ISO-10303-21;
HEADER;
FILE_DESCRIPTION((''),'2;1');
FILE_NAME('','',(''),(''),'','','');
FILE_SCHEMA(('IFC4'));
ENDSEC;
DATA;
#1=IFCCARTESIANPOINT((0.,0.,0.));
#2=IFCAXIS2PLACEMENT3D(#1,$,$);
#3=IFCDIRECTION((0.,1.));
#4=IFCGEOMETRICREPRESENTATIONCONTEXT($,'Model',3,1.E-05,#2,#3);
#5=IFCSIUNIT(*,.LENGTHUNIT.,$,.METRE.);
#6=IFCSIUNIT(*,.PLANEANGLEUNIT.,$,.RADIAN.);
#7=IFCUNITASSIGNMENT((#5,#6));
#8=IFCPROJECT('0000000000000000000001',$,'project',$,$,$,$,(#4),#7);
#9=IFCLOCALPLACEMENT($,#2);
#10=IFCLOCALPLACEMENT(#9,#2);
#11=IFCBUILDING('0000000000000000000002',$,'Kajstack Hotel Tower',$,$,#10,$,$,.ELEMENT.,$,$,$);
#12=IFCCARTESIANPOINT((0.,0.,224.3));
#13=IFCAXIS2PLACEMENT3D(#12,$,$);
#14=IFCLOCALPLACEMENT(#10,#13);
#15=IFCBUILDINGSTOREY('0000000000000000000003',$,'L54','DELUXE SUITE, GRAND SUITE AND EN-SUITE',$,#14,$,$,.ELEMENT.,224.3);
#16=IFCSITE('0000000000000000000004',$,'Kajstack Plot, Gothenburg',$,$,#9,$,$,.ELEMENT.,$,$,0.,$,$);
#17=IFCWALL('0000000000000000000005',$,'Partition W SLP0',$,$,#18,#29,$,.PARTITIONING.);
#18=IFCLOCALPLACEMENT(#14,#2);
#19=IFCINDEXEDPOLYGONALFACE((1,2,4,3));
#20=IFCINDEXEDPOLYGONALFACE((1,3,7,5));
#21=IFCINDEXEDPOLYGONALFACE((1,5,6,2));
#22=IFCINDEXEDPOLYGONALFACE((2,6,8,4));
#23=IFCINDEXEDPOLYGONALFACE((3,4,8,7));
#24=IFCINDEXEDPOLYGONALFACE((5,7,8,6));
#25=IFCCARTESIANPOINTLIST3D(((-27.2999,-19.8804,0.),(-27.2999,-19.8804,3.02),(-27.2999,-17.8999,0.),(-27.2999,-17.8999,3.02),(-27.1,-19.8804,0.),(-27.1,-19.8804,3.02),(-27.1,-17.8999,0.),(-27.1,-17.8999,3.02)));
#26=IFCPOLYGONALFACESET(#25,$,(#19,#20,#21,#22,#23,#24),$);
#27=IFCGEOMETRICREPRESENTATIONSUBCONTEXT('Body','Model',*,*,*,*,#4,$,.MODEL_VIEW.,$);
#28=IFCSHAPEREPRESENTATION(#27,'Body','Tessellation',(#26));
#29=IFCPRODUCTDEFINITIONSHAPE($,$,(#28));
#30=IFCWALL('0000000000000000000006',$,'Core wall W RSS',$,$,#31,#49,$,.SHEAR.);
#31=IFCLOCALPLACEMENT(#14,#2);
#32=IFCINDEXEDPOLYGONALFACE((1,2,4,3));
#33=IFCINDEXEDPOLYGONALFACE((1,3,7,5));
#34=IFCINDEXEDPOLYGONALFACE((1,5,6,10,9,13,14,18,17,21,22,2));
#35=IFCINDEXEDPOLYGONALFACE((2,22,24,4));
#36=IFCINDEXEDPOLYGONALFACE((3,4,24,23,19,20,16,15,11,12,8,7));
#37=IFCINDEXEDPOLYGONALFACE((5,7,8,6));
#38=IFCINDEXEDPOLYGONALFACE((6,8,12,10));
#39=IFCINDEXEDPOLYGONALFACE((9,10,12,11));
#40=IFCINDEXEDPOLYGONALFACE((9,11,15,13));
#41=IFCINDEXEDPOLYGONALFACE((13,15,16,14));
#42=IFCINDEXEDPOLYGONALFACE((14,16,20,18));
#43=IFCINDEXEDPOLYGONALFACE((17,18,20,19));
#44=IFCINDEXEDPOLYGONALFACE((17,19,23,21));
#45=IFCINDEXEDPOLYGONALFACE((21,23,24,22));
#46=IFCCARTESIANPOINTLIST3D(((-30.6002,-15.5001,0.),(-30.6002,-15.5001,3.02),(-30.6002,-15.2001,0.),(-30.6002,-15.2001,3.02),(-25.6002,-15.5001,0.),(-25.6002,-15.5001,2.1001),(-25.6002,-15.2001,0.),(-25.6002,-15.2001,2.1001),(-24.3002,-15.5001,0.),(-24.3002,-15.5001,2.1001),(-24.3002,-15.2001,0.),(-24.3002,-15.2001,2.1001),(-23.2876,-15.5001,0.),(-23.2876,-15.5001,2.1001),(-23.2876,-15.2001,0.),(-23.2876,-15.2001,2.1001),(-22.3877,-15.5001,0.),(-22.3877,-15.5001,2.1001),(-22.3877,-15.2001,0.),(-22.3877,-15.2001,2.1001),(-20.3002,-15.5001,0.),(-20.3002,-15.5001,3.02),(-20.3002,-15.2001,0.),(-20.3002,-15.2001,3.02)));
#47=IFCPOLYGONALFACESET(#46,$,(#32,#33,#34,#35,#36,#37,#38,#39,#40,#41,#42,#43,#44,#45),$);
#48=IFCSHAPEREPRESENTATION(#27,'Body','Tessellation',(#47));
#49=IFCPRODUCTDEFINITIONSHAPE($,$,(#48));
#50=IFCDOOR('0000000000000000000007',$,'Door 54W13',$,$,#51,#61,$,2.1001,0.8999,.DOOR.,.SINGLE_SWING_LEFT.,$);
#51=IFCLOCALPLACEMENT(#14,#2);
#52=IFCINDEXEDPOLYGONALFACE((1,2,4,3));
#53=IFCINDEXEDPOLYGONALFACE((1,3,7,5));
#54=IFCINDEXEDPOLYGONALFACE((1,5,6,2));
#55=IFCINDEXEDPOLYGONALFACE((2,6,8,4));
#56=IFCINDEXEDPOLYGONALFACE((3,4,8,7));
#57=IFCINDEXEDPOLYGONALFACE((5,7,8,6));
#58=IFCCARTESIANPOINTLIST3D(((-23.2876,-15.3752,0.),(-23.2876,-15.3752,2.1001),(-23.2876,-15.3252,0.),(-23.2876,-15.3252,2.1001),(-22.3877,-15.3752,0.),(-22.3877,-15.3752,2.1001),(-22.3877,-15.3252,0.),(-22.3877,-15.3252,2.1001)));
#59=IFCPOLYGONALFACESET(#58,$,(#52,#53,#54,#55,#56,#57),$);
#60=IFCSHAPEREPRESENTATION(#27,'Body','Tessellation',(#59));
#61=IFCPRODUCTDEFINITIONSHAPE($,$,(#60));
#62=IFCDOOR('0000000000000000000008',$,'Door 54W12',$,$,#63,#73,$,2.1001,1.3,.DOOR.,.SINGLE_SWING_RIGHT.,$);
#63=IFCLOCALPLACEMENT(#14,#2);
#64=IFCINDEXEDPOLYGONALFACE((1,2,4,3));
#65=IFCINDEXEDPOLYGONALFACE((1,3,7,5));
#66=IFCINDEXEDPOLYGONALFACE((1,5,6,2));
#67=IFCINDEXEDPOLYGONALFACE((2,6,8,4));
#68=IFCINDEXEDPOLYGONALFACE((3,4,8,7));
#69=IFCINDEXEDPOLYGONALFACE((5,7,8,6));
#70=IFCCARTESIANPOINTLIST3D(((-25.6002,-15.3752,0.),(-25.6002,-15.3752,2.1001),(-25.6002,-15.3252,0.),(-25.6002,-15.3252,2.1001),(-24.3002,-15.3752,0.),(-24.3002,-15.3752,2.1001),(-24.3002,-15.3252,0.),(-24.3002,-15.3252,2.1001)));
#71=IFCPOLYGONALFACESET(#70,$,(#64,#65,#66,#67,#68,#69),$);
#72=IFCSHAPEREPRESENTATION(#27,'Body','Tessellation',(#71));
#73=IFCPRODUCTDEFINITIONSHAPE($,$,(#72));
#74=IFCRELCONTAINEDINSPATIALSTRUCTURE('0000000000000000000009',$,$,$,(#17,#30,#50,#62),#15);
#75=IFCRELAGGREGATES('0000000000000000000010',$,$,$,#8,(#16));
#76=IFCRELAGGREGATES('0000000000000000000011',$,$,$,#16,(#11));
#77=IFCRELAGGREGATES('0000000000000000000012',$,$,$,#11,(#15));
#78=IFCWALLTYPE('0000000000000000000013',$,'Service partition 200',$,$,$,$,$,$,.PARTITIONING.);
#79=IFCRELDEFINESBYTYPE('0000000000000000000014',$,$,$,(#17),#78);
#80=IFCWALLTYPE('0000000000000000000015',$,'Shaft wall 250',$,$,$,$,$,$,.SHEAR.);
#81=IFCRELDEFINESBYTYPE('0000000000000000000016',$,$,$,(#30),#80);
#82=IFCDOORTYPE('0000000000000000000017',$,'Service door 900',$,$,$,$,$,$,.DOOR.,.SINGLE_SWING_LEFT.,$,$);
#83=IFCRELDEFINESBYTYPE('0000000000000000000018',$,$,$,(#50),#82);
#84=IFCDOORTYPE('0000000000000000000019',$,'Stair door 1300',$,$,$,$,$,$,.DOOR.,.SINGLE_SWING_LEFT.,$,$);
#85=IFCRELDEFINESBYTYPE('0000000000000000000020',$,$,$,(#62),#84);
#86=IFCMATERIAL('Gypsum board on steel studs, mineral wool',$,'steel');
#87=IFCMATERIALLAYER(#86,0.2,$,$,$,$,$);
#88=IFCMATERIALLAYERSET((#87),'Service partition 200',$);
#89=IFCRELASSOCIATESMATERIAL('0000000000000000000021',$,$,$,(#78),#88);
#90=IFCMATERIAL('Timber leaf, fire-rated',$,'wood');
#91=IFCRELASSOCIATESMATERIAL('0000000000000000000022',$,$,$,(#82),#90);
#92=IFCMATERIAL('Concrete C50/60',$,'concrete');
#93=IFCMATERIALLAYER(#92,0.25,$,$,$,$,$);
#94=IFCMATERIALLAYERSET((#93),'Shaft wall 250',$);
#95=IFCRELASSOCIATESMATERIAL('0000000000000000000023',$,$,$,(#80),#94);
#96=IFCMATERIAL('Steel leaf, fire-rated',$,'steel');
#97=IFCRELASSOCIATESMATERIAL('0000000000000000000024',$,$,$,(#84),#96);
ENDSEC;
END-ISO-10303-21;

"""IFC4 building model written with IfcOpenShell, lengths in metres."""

from ifc_helpers import new_model, si_unit, direction, frame, frame_2d, origin, place, context, subcontext, project, spatial, rectangle, extrude, material, layer, layer_set, type_object, element, fill, save


model = new_model("IFC4")

# Units and contexts
model_context = context("Model", 3, precision=1e-05, world=origin(), true_north=direction((0.0, 1.0)))
body_context = subcontext(model_context, "Body", "Model", "MODEL_VIEW")
ifc_project = project(units=[si_unit("LENGTHUNIT", "METRE"), si_unit("PLANEANGLEUNIT", "RADIAN")], contexts=[model_context])

# Site, building, storey
site_placement = place(None, origin())
site = spatial("IfcSite", under=ifc_project, at=site_placement, Name="Kajstack Plot, Gothenburg", CompositionType="ELEMENT", RefElevation=0.0)
building_placement = place(site_placement, origin())
building = spatial("IfcBuilding", under=site, at=building_placement, Name="Kajstack Hotel Tower", CompositionType="ELEMENT")
storey_placement = place(building_placement, frame((0.0, 0.0, 224.3)))
storey = spatial("IfcBuildingStorey", under=building, at=storey_placement, Name="L54", Description="DELUXE SUITE, GRAND SUITE AND EN-SUITE", CompositionType="ELEMENT", Elevation=224.3)

# Shared definitions
ifc_material_1 = material(Name="Gypsum board on steel studs, mineral wool", Category="steel")
ifc_layer_1 = layer(ifc_material_1, 0.2)
ifc_layer_set_1 = layer_set([ifc_layer_1], Name="Service partition 200")
wall_type_1 = type_object("IfcWallType", Name="Service partition 200", PredefinedType="PARTITIONING", material=ifc_layer_set_1)
ifc_material_2 = material(Name="Timber leaf, fire-rated", Category="wood")
door_type_1 = type_object("IfcDoorType", Name="Service door 900", OperationType="SINGLE_SWING_LEFT", PredefinedType="DOOR", material=ifc_material_2)

# Wall
wall_1_placement = place(storey_placement, frame((-27.2, -19.8804, 0.0), z_axis=(0.0, 0.0, 1.0), x_axis=(0.0, 1.0, 0.0)))
element("IfcWall", 1, at=wall_1_placement, inside=storey, type_object=wall_type_1, Name="Partition W SLP0", PredefinedType="PARTITIONING", context=body_context, shape_type="SweptSolid", body=[
    extrude(rectangle(XDim=1.9805, YDim=0.2, at=frame_2d((0.9902, 0.0))), origin(), (0.0, 0.0, 1.0), 3.02),
])

# Wall, openings, doors
ifc_material_3 = material(Name="Concrete C50/60", Category="concrete")
ifc_layer_2 = layer(ifc_material_3, 0.25)
ifc_layer_set_2 = layer_set([ifc_layer_2], Name="Shaft wall 250")
wall_type_2 = type_object("IfcWallType", Name="Shaft wall 250", PredefinedType="SHEAR", material=ifc_layer_set_2)
wall_2_placement = place(storey_placement, frame((-30.6001, -15.3501, 0.0), z_axis=(0.0, 0.0, 1.0), x_axis=(1.0, 0.0, 0.0)))
wall_2 = element("IfcWall", 2, at=wall_2_placement, inside=storey, type_object=wall_type_2, Name="Core wall W RSS", PredefinedType="SHEAR", context=body_context, shape_type="SweptSolid", body=[
    extrude(rectangle(XDim=10.3, YDim=0.3, at=frame_2d((5.1499, 0.0))), origin(), (0.0, 0.0, 1.0), 3.02),
])
opening_1_placement = place(wall_2_placement, frame((5.0, 0.0, 0.0)))
opening_1 = element("IfcOpeningElement", 3, at=opening_1_placement, cuts=wall_2, PredefinedType="OPENING", context=body_context, shape_type="SweptSolid", body=[
    extrude(rectangle(XDim=1.3, YDim=2.1001, at=frame_2d((0.6499, 1.05))), frame((0.0, 0.1599, 0.0), z_axis=(0.0, -1.0, 0.0), x_axis=(1.0, 0.0, 0.0)), (0.0, 0.0, 1.0), 0.3201),
])
opening_2_placement = place(wall_2_placement, frame((7.3125, 0.0, 0.0)))
opening_2 = element("IfcOpeningElement", 4, at=opening_2_placement, cuts=wall_2, PredefinedType="OPENING", context=body_context, shape_type="SweptSolid", body=[
    extrude(rectangle(XDim=0.8999, YDim=2.1001, at=frame_2d((0.45, 1.05))), frame((0.0, 0.1599, 0.0), z_axis=(0.0, -1.0, 0.0), x_axis=(1.0, 0.0, 0.0)), (0.0, 0.0, 1.0), 0.3201),
])
door_1_placement = place(opening_2_placement, origin())
door_1 = element("IfcDoor", 5, at=door_1_placement, inside=storey, type_object=door_type_1, Name="Door 54W13", OperationType="SINGLE_SWING_LEFT", OverallHeight=2.1001, OverallWidth=0.8999, PredefinedType="DOOR", context=body_context, shape_type="SweptSolid", body=[
    extrude(rectangle(XDim=0.8999, YDim=2.1001, at=frame_2d((0.45, 1.05))), frame((0.0, 0.0249, 0.0), z_axis=(0.0, -1.0, 0.0), x_axis=(1.0, 0.0, 0.0)), (0.0, 0.0, 1.0), 0.05),
])
fill(opening_2, door_1)
ifc_material_4 = material(Name="Steel leaf, fire-rated", Category="steel")
door_type_2 = type_object("IfcDoorType", Name="Stair door 1300", OperationType="SINGLE_SWING_LEFT", PredefinedType="DOOR", material=ifc_material_4)
door_2_placement = place(opening_1_placement, origin())
door_2 = element("IfcDoor", 6, at=door_2_placement, inside=storey, type_object=door_type_2, Name="Door 54W12", OperationType="SINGLE_SWING_RIGHT", OverallHeight=2.1001, OverallWidth=1.3, PredefinedType="DOOR", context=body_context, shape_type="SweptSolid", body=[
    extrude(rectangle(XDim=1.3, YDim=2.1001, at=frame_2d((0.6499, 1.05))), frame((0.0, 0.0249, 0.0), z_axis=(0.0, -1.0, 0.0), x_axis=(1.0, 0.0, 0.0)), (0.0, 0.0, 1.0), 0.05),
])
fill(opening_1, door_2)

save(model, "model.ifc")
